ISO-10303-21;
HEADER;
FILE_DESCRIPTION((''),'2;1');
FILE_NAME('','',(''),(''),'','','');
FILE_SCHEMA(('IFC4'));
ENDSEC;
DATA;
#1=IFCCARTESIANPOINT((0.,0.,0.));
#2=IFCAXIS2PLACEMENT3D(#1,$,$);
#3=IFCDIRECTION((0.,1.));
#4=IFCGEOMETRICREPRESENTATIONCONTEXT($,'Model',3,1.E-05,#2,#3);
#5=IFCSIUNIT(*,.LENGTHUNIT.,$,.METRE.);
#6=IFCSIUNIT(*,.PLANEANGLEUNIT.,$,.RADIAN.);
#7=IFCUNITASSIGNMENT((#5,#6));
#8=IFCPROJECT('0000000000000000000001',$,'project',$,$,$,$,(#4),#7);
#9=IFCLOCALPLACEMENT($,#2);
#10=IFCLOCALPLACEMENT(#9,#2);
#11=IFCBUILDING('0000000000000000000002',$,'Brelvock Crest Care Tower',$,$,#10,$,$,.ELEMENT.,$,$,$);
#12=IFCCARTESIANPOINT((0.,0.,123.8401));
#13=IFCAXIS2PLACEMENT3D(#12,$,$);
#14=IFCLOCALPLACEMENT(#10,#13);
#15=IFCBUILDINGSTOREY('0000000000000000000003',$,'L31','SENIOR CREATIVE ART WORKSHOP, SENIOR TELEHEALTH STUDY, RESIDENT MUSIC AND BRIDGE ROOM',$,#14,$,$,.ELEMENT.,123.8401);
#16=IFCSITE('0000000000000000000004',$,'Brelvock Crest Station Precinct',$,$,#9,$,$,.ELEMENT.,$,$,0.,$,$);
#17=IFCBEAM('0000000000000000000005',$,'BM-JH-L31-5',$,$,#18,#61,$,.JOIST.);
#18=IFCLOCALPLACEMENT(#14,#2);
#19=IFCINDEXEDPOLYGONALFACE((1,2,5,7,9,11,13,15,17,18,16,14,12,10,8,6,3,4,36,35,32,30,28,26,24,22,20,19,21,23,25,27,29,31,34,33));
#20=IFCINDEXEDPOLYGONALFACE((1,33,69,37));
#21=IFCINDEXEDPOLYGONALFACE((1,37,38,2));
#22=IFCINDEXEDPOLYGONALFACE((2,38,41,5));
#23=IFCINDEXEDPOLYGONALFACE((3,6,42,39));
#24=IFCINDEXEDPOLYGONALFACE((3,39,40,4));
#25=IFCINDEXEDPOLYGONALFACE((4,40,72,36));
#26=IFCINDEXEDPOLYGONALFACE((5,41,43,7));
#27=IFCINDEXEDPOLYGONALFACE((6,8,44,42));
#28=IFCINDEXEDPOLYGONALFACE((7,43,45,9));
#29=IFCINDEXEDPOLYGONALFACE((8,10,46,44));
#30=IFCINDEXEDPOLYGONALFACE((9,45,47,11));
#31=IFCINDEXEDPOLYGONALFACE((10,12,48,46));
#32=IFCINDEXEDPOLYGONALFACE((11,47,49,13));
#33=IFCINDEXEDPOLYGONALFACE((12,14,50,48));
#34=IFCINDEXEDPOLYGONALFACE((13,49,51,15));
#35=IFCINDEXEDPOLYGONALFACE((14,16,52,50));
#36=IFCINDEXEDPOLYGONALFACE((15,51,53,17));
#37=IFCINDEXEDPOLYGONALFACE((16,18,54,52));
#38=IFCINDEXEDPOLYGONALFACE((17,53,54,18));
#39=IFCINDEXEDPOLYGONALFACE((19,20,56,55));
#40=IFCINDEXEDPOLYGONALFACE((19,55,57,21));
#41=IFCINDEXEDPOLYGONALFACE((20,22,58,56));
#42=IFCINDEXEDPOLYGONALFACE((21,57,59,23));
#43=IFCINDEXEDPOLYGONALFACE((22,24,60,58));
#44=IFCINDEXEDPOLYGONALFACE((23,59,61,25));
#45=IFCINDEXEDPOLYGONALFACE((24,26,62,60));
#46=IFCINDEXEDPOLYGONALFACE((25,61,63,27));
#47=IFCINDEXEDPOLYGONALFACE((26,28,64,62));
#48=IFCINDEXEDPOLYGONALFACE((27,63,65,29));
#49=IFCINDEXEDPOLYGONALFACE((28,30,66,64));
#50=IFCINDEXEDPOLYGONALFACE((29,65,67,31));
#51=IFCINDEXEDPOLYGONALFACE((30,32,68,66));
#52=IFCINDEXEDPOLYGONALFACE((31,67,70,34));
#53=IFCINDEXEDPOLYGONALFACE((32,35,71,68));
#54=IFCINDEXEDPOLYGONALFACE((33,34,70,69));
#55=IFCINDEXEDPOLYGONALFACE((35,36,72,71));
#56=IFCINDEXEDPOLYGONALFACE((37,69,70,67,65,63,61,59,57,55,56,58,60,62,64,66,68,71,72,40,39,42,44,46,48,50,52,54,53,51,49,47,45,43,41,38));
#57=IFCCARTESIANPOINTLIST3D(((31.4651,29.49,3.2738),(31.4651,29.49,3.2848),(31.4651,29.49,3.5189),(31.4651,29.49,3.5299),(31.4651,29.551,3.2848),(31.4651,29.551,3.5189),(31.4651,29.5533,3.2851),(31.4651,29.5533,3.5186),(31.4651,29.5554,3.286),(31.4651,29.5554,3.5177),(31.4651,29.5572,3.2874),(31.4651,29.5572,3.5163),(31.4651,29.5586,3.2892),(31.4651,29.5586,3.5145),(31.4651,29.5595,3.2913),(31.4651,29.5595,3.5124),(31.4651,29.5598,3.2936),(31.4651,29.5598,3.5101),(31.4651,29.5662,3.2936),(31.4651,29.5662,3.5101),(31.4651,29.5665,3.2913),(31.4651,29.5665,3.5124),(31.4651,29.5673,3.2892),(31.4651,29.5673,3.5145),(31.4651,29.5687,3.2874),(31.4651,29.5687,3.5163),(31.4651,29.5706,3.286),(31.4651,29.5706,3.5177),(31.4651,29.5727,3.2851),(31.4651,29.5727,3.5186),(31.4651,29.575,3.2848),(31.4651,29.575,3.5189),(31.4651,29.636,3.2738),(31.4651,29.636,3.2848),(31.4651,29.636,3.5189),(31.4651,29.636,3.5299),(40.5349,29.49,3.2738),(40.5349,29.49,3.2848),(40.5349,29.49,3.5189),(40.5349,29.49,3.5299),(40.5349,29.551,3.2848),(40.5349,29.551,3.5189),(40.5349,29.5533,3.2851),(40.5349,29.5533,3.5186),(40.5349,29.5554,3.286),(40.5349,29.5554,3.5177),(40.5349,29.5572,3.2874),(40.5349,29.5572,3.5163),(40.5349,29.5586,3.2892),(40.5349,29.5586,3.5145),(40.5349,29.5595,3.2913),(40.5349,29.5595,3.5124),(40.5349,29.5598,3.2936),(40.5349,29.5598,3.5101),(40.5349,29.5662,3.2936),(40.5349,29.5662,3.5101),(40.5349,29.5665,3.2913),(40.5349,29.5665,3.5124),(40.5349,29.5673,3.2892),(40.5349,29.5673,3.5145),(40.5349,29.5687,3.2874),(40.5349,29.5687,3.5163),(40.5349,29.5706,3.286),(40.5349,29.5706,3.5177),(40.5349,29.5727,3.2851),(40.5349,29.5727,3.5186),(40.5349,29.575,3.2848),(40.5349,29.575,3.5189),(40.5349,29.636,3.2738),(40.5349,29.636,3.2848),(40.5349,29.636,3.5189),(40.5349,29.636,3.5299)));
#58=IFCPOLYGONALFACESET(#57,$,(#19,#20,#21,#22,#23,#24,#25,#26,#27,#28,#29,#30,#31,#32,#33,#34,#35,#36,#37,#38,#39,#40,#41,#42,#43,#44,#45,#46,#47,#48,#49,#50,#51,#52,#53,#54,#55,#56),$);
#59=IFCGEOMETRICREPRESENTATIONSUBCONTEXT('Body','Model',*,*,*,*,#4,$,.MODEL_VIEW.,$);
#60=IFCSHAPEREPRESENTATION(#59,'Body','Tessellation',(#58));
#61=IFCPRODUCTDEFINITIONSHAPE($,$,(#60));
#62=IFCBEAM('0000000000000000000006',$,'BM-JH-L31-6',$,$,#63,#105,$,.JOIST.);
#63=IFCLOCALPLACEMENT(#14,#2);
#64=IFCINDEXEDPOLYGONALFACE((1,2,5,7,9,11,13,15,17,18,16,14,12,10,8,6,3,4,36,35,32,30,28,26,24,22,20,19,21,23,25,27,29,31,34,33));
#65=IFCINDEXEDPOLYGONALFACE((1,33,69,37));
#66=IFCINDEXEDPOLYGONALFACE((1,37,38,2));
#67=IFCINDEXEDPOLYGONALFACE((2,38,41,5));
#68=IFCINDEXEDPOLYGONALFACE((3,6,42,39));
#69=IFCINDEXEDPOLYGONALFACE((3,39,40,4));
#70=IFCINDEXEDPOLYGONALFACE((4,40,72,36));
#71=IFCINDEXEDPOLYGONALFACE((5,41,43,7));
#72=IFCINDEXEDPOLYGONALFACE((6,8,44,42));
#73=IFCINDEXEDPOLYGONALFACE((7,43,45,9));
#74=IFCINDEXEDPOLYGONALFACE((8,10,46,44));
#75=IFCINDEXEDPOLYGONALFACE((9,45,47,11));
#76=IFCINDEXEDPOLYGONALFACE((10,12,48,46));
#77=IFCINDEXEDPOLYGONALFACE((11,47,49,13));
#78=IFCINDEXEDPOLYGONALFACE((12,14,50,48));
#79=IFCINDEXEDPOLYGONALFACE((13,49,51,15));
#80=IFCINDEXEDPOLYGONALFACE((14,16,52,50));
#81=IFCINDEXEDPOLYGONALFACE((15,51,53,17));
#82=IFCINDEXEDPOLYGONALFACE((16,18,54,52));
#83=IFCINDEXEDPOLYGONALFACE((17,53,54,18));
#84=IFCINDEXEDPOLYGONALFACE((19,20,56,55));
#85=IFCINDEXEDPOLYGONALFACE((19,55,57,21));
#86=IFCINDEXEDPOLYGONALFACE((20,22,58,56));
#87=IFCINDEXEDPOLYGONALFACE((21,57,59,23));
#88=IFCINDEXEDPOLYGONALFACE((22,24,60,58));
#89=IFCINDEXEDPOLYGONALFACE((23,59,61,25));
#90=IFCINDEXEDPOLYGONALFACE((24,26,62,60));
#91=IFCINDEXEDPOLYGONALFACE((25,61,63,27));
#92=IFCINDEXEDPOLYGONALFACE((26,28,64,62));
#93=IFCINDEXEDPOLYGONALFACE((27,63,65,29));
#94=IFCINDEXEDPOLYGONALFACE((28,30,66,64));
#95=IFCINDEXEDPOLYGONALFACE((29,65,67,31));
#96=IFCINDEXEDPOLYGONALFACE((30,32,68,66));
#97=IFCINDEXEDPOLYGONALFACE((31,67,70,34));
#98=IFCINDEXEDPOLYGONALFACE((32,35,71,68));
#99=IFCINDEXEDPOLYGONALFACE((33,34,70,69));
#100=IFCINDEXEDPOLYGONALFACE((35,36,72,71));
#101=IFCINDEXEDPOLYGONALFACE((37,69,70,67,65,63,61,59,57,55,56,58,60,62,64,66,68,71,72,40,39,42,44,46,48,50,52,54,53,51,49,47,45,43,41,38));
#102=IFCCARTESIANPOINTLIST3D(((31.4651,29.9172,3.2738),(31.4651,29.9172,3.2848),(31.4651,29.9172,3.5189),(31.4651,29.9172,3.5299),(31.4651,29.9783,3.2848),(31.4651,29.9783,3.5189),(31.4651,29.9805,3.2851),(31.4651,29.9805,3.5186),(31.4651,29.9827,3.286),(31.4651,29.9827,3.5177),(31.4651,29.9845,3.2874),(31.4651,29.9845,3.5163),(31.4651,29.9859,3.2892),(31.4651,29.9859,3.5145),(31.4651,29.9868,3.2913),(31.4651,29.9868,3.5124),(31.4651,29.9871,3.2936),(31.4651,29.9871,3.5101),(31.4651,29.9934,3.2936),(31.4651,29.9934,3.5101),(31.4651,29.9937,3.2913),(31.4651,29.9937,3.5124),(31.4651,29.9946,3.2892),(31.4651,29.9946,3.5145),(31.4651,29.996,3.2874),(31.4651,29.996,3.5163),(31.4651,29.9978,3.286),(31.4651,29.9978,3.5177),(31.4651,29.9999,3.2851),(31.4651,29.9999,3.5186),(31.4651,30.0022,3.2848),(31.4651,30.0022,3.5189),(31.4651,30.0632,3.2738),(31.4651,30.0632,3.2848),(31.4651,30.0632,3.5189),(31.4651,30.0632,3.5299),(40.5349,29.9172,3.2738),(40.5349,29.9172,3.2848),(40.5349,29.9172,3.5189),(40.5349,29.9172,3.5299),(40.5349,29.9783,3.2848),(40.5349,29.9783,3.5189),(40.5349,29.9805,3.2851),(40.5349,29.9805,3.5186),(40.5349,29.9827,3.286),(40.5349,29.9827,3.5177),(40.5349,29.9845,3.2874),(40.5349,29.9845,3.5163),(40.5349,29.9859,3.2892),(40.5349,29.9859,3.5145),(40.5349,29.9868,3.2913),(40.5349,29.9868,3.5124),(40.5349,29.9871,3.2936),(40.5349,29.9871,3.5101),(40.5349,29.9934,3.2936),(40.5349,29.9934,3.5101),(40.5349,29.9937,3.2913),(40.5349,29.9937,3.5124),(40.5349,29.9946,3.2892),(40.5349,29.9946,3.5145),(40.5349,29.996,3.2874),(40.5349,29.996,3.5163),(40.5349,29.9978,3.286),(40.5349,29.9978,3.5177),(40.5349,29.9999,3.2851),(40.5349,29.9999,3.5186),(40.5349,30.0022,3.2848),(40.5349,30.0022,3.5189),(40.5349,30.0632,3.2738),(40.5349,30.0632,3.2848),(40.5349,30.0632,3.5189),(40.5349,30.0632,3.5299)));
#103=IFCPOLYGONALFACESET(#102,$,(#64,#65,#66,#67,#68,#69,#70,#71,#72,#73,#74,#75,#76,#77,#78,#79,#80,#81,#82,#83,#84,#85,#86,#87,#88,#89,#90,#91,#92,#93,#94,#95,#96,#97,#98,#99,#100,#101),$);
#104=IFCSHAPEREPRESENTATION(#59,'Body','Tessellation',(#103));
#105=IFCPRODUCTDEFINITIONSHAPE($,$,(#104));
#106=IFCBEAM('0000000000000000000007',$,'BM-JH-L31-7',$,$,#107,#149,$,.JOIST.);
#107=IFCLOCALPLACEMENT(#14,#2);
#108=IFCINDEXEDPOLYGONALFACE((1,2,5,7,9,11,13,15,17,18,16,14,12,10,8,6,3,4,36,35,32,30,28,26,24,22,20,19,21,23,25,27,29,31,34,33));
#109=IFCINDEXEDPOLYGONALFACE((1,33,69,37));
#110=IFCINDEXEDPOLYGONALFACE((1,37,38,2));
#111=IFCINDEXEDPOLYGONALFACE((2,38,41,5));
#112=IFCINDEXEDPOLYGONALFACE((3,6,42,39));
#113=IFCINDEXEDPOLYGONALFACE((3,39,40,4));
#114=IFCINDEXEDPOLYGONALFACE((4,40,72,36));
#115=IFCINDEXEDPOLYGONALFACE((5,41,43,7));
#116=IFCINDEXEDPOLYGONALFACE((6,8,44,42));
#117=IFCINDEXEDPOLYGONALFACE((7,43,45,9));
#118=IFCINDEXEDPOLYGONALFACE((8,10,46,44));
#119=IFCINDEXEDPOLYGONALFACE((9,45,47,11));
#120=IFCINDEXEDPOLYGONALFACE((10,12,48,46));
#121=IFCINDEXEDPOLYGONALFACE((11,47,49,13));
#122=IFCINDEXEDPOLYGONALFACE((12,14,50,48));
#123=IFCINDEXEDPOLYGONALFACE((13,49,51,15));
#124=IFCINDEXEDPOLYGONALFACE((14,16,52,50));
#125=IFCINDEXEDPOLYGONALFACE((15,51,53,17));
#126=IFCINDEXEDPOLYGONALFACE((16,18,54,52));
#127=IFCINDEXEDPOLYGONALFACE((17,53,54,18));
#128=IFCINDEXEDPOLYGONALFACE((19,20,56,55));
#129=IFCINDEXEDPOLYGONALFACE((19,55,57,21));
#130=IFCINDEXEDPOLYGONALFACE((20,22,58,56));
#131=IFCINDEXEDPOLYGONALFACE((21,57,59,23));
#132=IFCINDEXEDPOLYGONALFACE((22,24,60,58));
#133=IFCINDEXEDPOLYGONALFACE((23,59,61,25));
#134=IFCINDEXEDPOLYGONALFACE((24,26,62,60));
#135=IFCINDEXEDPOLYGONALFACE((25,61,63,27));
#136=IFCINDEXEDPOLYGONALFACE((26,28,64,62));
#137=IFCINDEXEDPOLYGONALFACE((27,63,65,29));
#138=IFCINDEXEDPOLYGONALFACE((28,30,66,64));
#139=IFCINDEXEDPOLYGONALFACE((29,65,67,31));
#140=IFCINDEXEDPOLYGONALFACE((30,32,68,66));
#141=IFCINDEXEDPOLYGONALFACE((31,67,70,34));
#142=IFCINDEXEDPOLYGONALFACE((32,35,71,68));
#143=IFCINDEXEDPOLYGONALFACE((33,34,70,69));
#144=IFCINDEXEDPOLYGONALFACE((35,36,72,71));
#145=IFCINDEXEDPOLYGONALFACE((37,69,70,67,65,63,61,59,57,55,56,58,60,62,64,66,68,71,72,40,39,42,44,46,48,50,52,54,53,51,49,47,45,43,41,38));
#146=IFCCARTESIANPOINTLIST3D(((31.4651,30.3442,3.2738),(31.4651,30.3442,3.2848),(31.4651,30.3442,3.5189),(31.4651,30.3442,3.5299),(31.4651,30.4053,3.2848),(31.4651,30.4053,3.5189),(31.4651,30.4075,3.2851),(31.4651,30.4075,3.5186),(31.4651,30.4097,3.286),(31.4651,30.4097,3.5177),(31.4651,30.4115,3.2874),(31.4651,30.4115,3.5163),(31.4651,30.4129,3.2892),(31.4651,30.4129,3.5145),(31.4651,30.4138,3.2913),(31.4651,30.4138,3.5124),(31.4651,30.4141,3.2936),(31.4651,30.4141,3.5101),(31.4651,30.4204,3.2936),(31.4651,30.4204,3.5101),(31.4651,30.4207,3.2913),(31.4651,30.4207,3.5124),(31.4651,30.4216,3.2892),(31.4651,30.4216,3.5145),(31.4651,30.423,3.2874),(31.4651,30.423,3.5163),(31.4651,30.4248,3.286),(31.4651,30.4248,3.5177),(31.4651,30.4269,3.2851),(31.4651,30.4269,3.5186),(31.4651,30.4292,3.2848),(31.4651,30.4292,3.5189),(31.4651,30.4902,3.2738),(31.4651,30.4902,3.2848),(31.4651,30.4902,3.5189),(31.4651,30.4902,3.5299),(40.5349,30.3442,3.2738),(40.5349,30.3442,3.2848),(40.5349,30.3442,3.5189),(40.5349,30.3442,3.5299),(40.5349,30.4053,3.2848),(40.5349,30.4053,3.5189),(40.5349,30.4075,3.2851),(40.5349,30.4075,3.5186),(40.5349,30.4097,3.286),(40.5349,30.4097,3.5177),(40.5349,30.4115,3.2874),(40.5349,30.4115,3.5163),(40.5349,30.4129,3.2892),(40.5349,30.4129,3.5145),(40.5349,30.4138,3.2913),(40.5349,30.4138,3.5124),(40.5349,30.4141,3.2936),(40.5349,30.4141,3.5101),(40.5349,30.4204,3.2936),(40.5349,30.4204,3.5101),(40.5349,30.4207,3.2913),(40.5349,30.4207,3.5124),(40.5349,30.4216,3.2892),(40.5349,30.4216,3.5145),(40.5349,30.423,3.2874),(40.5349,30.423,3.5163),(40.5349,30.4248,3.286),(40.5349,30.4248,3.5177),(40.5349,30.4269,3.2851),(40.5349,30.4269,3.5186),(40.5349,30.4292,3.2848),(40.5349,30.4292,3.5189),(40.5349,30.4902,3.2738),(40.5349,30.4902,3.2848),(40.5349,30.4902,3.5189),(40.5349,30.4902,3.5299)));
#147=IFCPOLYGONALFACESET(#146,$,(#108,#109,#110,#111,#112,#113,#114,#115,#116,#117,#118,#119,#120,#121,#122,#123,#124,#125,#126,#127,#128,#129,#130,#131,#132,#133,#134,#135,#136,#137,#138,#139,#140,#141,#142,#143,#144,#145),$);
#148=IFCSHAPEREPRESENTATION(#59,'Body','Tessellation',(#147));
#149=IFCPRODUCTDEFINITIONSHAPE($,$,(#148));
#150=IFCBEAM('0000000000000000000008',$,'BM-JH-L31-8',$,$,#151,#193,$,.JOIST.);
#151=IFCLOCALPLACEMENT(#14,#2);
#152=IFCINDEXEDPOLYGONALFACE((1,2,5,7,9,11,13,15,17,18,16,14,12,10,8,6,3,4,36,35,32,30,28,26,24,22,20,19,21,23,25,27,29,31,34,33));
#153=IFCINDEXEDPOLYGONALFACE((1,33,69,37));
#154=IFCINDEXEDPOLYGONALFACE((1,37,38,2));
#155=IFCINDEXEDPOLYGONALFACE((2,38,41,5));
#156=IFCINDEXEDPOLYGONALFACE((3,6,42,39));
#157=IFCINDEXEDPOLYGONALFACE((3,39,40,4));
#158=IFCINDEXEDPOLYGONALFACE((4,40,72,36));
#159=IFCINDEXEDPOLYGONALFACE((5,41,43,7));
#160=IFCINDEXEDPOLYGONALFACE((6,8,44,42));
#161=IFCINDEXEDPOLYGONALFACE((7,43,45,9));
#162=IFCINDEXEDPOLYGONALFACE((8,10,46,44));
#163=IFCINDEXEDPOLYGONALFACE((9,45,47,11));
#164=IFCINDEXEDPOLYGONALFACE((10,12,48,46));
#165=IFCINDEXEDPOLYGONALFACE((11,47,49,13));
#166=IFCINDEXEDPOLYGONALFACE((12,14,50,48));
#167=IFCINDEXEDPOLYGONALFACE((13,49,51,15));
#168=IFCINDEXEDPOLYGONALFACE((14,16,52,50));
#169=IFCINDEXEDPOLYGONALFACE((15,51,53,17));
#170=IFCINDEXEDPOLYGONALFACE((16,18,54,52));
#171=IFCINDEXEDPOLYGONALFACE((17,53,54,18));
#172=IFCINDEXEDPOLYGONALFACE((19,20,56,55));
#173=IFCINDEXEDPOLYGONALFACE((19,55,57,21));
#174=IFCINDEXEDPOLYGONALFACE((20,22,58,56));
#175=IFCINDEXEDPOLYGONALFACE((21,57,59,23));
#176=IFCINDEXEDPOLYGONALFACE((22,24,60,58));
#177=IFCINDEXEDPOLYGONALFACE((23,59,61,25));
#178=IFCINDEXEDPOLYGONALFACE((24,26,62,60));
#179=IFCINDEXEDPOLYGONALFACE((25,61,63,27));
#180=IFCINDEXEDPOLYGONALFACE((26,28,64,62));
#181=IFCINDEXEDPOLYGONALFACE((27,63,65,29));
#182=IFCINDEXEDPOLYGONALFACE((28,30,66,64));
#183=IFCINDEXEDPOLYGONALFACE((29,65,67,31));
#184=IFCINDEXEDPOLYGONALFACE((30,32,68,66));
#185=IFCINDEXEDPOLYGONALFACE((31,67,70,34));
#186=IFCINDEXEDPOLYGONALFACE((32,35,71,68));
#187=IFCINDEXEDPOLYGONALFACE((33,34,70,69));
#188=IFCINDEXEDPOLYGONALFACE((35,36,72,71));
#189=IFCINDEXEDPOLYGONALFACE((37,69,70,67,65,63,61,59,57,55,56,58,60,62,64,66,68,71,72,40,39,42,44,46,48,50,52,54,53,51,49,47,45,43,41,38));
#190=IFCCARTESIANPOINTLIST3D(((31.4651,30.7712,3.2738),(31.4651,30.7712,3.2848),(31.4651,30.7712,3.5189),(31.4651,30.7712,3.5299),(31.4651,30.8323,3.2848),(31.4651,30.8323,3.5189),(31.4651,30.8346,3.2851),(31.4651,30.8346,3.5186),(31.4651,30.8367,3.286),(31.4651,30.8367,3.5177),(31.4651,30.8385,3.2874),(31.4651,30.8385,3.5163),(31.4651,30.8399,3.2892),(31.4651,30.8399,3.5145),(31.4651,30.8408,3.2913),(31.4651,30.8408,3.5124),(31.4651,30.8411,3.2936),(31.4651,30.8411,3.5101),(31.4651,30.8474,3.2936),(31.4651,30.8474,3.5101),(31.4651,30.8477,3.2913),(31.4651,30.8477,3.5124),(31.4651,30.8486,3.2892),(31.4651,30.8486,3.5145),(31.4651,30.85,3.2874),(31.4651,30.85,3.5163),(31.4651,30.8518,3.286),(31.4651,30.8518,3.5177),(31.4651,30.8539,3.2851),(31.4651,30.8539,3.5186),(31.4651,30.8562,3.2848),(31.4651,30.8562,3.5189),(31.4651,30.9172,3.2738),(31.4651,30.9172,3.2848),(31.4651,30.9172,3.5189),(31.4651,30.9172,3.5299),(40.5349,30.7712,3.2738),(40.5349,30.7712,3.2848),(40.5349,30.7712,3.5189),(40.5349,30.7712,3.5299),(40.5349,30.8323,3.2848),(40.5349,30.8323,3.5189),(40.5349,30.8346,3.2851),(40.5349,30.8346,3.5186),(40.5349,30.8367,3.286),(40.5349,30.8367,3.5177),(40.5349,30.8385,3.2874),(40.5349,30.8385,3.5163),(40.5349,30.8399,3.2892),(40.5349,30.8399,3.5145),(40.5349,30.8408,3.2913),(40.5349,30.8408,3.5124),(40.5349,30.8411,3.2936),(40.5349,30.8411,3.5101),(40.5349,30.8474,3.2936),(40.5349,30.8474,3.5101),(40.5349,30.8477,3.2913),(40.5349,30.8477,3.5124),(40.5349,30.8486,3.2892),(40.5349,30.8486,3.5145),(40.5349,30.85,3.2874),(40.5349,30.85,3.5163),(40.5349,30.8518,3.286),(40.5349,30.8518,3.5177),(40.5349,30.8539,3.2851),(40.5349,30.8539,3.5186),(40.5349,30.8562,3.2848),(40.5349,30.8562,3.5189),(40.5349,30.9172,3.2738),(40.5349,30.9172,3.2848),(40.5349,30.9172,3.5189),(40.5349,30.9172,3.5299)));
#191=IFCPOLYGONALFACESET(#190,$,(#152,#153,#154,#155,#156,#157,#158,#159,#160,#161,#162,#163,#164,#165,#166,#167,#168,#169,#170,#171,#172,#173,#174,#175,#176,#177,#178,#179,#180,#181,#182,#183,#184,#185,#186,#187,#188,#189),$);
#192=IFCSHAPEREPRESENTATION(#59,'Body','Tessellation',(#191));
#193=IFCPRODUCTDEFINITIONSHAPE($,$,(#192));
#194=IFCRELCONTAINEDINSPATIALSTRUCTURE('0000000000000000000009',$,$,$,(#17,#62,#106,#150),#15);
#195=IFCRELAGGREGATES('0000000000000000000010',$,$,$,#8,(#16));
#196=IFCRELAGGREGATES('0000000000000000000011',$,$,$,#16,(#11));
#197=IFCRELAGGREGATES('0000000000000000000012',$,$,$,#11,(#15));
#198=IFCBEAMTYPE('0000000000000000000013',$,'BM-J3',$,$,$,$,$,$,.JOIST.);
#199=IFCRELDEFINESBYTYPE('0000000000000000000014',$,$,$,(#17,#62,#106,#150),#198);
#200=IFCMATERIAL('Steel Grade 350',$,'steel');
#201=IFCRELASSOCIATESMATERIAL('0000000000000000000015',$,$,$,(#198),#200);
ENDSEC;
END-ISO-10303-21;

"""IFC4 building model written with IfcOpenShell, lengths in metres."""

from ifc_helpers import new_model, si_unit, direction, frame, origin, origin_2d, place, context, subcontext, project, spatial, i_section, extrude, source, transform, mapped, material, material_profile, profile_set, type_object, element, save


model = new_model("IFC4")

# Units and contexts
model_context = context("Model", 3, precision=1e-05, world=origin(), true_north=direction((0.0, 1.0)))
body_context = subcontext(model_context, "Body", "Model", "MODEL_VIEW")
ifc_project = project(units=[si_unit("LENGTHUNIT", "METRE"), si_unit("PLANEANGLEUNIT", "RADIAN")], contexts=[model_context])

# Site, building, storey
site_placement = place(None, origin())
site = spatial("IfcSite", under=ifc_project, at=site_placement, Name="Brelvock Crest Station Precinct", CompositionType="ELEMENT", RefElevation=0.0)
building_placement = place(site_placement, origin())
building = spatial("IfcBuilding", under=site, at=building_placement, Name="Brelvock Crest Care Tower", CompositionType="ELEMENT")
storey_placement = place(building_placement, frame((0.0, 0.0, 123.8401)))
storey = spatial("IfcBuildingStorey", under=building, at=storey_placement, Name="L31", Description="SENIOR CREATIVE ART WORKSHOP, SENIOR TELEHEALTH STUDY, RESIDENT MUSIC AND BRIDGE ROOM", CompositionType="ELEMENT", Elevation=123.8401)

# Shared definitions
ifc_material_1 = material(Name="Steel Grade 350", Category="steel")

# Beams
ifc_material_profile_1 = material_profile(ifc_material_1, i_section(OverallWidth=0.146, OverallDepth=0.2561, WebThickness=0.0063, FlangeThickness=0.011, FilletRadius=0.0088, at=origin_2d()), Name="250UB37.3")
ifc_profile_set_1 = profile_set([ifc_material_profile_1], Name="Steel Grade 350")
beam_type_1 = type_object("IfcBeamType", Name="BM-J3", PredefinedType="JOIST", material=ifc_profile_set_1)
shared_shape_1 = source(origin(), body_context, "Body", "SweptSolid", [
    extrude(i_section(OverallWidth=0.146, OverallDepth=0.2561, WebThickness=0.0063, FlangeThickness=0.011, FilletRadius=0.0088, at=origin_2d()), origin(), (0.0, 0.0, 1.0), 9.0698),
])
for number, where, z_axis, x_axis, name in (
    (1, (31.4651, 29.563, 3.4019), (1.0, 0.0, 0.0), (0.0, 1.0, 0.0), "BM-JH-L31-5"),
    (2, (31.4651, 29.9902, 3.4019), (1.0, 0.0, 0.0), (0.0, 1.0, 0.0), "BM-JH-L31-6"),
    (3, (31.4651, 30.4172, 3.4019), (1.0, 0.0, 0.0), (0.0, 1.0, 0.0), "BM-JH-L31-7"),
    (4, (31.4651, 30.8442, 3.4019), (1.0, 0.0, 0.0), (0.0, 1.0, 0.0), "BM-JH-L31-8"),
):
    element("IfcBeam", number, at=place(storey_placement, frame(where, z_axis=z_axis, x_axis=x_axis)), inside=storey, type_object=beam_type_1, Name=name, PredefinedType="JOIST", context=body_context, shape_type="MappedRepresentation", body=[
        mapped(shared_shape_1, transform((0.0, 0.0, 0.0), x_axis=(1.0, 0.0, 0.0), y_axis=(0.0, 1.0, 0.0), z_axis=(0.0, 0.0, 1.0), scale=1.0)),
    ])

save(model, "model.ifc")
